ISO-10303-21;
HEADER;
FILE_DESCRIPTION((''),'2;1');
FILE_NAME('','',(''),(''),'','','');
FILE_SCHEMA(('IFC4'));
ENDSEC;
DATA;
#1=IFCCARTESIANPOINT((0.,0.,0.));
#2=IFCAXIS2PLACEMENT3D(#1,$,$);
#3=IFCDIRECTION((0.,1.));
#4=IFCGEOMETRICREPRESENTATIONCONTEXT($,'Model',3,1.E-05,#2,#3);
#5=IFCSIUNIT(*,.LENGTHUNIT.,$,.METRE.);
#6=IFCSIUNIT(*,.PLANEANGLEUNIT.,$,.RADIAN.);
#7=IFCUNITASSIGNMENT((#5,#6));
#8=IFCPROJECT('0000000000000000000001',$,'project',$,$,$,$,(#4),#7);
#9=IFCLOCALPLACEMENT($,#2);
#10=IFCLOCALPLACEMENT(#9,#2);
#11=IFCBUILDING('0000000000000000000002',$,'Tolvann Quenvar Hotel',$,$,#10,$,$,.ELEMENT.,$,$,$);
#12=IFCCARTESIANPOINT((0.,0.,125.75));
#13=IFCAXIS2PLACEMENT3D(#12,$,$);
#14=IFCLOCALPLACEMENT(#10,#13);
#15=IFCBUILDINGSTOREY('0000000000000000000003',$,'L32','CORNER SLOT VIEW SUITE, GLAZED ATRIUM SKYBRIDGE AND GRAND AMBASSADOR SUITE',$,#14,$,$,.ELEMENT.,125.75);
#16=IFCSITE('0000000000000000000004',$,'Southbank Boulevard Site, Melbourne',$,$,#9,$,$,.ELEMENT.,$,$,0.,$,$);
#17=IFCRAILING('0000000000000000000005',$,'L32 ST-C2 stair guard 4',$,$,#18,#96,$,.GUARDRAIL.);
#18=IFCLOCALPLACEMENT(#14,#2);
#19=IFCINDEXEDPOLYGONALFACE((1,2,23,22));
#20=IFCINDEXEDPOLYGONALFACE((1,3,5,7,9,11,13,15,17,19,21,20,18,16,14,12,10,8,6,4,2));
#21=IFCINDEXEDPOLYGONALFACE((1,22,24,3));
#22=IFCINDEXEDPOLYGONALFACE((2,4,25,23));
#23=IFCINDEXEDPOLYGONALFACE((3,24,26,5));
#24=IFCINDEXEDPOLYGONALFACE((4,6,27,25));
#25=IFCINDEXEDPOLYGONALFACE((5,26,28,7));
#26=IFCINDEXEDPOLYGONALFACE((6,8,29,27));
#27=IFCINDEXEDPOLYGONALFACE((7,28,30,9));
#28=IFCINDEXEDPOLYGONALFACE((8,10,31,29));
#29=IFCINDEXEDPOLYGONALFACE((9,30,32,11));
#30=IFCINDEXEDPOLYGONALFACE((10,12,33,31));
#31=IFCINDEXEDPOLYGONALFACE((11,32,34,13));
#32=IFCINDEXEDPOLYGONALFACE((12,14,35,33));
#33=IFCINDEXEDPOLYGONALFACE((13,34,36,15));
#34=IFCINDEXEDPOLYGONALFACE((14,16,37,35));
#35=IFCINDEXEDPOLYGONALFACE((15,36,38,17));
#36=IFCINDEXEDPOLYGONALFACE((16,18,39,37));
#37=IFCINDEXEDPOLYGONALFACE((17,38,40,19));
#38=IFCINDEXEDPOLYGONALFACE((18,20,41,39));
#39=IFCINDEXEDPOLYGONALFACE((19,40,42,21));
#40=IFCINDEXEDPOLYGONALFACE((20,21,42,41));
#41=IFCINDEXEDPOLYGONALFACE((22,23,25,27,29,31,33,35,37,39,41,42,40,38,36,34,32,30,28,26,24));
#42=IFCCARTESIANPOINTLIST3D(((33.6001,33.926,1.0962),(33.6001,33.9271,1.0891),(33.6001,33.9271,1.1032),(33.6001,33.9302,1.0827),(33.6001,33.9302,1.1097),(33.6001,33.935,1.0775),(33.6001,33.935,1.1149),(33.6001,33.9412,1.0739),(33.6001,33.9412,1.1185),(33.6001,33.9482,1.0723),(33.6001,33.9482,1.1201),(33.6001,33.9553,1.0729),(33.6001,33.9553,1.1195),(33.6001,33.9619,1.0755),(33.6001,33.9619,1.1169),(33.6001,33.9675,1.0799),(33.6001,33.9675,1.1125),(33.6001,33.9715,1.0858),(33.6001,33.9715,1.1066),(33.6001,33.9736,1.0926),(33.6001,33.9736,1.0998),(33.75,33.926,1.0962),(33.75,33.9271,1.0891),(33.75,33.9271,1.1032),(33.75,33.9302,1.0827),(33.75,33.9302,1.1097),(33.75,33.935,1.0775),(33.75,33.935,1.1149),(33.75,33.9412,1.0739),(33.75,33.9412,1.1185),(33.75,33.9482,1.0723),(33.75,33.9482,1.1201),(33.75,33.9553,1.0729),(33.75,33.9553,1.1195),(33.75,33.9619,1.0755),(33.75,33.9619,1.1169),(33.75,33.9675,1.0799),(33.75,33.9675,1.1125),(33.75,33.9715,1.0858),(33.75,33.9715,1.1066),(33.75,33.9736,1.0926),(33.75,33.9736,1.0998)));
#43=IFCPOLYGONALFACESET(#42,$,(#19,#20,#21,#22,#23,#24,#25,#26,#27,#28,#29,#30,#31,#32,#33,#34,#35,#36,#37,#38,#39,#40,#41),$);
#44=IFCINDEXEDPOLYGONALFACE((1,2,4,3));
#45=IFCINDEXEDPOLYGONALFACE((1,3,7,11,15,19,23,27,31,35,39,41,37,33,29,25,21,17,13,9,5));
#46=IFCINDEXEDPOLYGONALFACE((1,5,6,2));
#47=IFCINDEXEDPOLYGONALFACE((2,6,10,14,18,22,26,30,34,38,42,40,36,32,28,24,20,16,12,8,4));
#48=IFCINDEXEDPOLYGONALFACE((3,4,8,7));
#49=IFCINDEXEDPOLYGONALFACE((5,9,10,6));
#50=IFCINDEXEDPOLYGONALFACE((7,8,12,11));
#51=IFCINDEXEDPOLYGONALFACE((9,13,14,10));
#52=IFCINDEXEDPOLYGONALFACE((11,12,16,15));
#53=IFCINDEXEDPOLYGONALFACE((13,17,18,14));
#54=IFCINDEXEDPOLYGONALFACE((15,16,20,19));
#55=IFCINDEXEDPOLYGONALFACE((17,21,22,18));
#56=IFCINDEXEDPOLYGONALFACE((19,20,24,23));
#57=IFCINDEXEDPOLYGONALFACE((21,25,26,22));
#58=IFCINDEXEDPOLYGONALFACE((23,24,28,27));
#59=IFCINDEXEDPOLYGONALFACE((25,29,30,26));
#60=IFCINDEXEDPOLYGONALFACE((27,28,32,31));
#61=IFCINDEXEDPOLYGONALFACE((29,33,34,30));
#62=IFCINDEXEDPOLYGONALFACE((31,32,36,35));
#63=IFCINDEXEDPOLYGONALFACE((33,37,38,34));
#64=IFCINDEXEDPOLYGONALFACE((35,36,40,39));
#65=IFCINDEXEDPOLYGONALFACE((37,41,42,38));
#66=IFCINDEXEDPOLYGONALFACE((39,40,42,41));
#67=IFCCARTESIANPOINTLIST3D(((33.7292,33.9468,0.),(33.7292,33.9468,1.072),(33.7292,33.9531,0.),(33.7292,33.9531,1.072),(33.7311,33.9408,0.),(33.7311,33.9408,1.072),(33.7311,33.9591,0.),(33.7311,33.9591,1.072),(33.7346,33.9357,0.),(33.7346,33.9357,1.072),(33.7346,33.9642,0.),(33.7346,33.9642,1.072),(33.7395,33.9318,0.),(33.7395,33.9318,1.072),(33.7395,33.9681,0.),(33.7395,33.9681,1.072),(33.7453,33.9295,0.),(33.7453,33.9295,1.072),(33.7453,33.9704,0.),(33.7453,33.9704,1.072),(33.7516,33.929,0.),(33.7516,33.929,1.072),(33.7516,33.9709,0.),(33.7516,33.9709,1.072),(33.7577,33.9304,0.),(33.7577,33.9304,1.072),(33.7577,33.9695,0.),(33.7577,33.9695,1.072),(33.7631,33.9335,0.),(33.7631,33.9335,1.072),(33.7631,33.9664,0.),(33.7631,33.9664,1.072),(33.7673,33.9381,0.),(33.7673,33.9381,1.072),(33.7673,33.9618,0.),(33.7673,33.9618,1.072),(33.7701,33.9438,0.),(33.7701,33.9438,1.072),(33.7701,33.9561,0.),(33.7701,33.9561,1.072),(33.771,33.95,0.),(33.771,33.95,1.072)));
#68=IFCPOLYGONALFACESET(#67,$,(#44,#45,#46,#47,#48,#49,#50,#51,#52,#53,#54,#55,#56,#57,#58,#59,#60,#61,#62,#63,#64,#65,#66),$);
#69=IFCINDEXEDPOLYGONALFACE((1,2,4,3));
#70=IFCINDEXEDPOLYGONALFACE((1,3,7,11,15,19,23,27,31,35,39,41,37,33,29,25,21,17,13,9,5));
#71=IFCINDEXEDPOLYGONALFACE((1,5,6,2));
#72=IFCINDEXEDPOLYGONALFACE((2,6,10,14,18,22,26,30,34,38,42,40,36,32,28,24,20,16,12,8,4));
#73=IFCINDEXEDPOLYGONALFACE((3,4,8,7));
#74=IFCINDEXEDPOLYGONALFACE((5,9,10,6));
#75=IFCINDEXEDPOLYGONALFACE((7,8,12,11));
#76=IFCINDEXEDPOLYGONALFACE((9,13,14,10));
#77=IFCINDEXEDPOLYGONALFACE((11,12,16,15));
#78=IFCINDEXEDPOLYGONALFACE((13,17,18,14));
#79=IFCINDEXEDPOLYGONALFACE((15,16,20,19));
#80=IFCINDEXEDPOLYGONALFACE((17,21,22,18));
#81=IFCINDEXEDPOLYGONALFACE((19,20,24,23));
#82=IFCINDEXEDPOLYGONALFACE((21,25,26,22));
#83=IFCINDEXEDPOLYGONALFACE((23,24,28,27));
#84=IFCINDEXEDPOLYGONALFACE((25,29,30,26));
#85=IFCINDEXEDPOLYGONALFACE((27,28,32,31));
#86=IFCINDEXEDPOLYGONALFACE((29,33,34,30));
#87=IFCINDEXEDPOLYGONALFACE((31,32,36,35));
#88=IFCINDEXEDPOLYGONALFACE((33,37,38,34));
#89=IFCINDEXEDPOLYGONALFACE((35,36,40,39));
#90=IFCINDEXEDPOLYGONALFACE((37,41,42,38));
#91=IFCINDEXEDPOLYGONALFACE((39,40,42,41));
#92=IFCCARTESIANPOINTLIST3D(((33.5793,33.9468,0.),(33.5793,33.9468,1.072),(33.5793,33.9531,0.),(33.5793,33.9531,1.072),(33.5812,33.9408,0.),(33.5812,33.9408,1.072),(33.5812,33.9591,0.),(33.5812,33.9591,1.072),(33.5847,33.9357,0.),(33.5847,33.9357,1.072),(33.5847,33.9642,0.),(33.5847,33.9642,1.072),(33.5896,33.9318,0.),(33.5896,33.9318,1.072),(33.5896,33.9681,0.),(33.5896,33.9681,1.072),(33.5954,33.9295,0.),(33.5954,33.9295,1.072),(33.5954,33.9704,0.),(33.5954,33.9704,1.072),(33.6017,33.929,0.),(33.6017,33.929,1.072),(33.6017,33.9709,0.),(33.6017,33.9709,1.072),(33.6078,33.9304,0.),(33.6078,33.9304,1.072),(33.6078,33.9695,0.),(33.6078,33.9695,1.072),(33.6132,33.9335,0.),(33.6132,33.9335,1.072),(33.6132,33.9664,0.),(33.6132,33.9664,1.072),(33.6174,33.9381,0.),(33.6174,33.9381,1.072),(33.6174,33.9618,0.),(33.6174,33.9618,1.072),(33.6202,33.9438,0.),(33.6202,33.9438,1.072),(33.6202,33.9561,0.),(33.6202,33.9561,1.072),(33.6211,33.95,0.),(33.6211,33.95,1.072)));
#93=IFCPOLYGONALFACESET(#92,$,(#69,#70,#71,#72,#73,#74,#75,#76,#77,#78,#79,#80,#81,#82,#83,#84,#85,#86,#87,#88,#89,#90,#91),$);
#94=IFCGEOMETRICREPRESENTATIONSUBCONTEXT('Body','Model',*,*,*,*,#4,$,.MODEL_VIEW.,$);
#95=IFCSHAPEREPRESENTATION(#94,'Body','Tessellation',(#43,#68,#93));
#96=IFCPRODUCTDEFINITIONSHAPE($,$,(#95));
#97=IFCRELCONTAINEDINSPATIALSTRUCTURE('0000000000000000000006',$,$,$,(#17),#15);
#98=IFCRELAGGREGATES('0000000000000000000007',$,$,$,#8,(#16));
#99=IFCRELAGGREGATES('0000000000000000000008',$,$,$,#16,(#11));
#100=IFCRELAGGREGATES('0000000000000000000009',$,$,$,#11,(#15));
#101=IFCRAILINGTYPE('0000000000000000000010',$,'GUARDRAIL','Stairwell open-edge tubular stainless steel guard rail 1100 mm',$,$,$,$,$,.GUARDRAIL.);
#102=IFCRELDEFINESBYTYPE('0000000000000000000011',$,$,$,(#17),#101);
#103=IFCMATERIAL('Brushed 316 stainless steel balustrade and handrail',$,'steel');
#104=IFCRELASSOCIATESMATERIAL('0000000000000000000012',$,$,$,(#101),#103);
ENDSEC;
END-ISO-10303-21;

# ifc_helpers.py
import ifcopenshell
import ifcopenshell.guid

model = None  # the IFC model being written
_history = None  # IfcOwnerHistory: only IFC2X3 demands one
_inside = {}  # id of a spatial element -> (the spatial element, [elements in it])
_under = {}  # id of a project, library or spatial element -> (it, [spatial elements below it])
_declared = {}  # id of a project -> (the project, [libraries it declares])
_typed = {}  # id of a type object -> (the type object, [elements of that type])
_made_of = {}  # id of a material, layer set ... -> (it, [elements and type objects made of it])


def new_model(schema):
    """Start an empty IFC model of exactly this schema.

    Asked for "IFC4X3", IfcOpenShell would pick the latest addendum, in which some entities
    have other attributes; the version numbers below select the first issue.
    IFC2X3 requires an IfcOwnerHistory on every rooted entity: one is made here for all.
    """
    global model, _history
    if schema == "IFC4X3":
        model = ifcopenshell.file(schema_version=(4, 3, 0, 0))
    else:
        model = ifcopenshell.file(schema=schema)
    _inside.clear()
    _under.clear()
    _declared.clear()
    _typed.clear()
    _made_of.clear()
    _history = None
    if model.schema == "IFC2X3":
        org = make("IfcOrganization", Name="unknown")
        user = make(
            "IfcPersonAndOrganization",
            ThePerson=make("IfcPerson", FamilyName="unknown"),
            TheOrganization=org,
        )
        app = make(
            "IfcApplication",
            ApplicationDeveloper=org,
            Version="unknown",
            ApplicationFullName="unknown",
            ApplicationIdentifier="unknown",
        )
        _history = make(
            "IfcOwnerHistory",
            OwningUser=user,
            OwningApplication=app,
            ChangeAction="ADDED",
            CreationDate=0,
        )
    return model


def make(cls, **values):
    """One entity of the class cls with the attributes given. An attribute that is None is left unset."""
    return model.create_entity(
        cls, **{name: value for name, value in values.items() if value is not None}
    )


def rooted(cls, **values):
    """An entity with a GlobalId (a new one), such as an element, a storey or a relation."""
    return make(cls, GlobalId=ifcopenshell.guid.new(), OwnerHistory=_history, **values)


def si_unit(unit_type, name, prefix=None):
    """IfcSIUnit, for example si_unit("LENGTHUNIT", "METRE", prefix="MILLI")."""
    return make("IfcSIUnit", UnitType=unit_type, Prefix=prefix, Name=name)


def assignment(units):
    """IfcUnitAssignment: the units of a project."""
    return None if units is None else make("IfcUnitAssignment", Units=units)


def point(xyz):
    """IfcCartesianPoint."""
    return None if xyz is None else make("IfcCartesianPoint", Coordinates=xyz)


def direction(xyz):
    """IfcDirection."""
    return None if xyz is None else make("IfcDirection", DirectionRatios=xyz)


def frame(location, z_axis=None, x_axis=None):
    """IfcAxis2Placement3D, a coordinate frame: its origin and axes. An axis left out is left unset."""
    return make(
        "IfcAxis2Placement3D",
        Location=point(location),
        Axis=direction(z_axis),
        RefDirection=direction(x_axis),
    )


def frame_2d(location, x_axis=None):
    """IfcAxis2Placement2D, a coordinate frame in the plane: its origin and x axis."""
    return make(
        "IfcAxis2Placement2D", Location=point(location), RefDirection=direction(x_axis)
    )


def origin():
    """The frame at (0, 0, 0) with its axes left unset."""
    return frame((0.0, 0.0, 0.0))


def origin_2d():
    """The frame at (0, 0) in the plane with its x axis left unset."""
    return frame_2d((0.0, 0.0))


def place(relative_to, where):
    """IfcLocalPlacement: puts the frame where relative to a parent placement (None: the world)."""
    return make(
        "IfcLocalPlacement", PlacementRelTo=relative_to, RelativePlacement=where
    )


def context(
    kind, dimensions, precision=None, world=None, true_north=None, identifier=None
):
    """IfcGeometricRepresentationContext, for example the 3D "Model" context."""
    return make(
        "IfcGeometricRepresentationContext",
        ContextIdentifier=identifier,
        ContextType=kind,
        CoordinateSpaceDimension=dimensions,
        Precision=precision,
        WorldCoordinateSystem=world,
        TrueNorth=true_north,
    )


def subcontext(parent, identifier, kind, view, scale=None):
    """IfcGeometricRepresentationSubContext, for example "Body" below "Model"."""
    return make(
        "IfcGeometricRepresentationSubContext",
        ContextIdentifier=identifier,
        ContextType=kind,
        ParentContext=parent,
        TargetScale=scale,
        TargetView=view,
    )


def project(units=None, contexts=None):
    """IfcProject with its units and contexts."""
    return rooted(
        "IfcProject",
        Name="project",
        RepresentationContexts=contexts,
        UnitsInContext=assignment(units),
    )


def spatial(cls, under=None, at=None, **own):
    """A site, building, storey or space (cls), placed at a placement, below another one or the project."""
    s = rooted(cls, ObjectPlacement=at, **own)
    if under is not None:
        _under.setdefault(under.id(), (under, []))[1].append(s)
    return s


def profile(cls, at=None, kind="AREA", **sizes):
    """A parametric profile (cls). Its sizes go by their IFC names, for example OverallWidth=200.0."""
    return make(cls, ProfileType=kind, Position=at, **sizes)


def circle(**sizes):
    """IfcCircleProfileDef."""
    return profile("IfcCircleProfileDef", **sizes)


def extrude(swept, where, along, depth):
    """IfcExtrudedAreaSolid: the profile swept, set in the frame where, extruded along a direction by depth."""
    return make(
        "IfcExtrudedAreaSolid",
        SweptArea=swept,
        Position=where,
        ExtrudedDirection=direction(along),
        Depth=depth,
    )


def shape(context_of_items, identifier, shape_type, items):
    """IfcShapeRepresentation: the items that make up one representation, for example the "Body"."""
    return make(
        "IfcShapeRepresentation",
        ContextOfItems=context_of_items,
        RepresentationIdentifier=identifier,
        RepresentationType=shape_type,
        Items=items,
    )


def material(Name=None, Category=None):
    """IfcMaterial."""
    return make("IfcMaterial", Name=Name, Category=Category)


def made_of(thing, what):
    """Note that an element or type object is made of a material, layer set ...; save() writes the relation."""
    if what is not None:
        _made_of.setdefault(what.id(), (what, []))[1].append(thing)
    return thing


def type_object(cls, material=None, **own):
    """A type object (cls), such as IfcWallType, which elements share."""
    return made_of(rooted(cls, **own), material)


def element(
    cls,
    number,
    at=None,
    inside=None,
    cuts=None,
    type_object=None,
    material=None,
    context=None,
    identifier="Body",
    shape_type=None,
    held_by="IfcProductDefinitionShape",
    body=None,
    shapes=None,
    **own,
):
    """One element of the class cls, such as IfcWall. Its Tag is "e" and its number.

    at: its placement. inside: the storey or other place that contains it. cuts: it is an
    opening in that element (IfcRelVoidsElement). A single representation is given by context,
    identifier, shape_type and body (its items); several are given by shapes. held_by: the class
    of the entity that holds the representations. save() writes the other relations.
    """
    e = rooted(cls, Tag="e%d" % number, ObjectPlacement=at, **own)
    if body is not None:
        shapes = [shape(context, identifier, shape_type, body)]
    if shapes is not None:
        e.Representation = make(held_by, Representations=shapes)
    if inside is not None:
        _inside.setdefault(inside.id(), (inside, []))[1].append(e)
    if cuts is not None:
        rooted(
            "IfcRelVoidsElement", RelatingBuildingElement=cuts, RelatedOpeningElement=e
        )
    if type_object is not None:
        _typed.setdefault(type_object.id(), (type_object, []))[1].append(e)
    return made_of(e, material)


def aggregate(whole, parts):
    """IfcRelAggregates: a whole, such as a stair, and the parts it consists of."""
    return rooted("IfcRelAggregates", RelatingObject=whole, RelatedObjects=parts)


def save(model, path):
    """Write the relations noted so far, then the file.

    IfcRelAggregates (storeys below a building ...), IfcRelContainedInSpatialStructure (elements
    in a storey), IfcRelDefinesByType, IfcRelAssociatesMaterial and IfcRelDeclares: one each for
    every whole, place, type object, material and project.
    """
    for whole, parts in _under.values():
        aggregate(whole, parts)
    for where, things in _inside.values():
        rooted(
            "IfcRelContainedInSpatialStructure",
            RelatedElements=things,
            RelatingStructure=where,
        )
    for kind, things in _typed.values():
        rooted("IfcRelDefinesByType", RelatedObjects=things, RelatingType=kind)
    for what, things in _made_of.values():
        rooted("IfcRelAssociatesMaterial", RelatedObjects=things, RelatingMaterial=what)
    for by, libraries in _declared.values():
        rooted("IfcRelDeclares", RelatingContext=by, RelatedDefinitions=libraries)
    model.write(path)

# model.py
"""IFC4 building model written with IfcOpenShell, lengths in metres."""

from ifc_helpers import new_model, si_unit, direction, frame, origin, origin_2d, place, context, subcontext, project, spatial, circle, extrude, material, type_object, element, save


model = new_model("IFC4")

# Units and contexts
model_context = context("Model", 3, precision=1e-05, world=origin(), true_north=direction((0.0, 1.0)))
body_context = subcontext(model_context, "Body", "Model", "MODEL_VIEW")
ifc_project = project(units=[si_unit("LENGTHUNIT", "METRE"), si_unit("PLANEANGLEUNIT", "RADIAN")], contexts=[model_context])

# Site, building, storey
site_placement = place(None, origin())
site = spatial("IfcSite", under=ifc_project, at=site_placement, Name="Southbank Boulevard Site, Melbourne", CompositionType="ELEMENT", RefElevation=0.0)
building_placement = place(site_placement, origin())
building = spatial("IfcBuilding", under=site, at=building_placement, Name="Tolvann Quenvar Hotel", CompositionType="ELEMENT")
storey_placement = place(building_placement, frame((0.0, 0.0, 125.75)))
storey = spatial("IfcBuildingStorey", under=building, at=storey_placement, Name="L32", Description="CORNER SLOT VIEW SUITE, GLAZED ATRIUM SKYBRIDGE AND GRAND AMBASSADOR SUITE", CompositionType="ELEMENT", Elevation=125.75)

# Railing
ifc_material_1 = material(Name="Brushed 316 stainless steel balustrade and handrail", Category="steel")
railing_type_1 = type_object("IfcRailingType", Name="GUARDRAIL", Description="Stairwell open-edge tubular stainless steel guard rail 1100 mm", PredefinedType="GUARDRAIL", material=ifc_material_1)
railing_1_placement = place(storey_placement, frame((33.75, 33.95, 0.0)))
element("IfcRailing", 1, at=railing_1_placement, inside=storey, type_object=railing_type_1, Name="L32 ST-C2 stair guard 4", PredefinedType="GUARDRAIL", context=body_context, shape_type="SweptSolid", body=[
    extrude(circle(Radius=0.0239, at=origin_2d()), frame((0.0, 0.0, 1.0962), z_axis=(-1.0, 0.0, 0.0), x_axis=(0.0, -1.0, 0.0)), (0.0, 0.0, 1.0), 0.1499),
    extrude(circle(Radius=0.021, at=origin_2d()), origin(), (0.0, 0.0, 1.0), 1.072),
    extrude(circle(Radius=0.021, at=origin_2d()), frame((-0.1499, 0.0, 0.0)), (0.0, 0.0, 1.0), 1.072),
])

save(model, "model.ifc")
